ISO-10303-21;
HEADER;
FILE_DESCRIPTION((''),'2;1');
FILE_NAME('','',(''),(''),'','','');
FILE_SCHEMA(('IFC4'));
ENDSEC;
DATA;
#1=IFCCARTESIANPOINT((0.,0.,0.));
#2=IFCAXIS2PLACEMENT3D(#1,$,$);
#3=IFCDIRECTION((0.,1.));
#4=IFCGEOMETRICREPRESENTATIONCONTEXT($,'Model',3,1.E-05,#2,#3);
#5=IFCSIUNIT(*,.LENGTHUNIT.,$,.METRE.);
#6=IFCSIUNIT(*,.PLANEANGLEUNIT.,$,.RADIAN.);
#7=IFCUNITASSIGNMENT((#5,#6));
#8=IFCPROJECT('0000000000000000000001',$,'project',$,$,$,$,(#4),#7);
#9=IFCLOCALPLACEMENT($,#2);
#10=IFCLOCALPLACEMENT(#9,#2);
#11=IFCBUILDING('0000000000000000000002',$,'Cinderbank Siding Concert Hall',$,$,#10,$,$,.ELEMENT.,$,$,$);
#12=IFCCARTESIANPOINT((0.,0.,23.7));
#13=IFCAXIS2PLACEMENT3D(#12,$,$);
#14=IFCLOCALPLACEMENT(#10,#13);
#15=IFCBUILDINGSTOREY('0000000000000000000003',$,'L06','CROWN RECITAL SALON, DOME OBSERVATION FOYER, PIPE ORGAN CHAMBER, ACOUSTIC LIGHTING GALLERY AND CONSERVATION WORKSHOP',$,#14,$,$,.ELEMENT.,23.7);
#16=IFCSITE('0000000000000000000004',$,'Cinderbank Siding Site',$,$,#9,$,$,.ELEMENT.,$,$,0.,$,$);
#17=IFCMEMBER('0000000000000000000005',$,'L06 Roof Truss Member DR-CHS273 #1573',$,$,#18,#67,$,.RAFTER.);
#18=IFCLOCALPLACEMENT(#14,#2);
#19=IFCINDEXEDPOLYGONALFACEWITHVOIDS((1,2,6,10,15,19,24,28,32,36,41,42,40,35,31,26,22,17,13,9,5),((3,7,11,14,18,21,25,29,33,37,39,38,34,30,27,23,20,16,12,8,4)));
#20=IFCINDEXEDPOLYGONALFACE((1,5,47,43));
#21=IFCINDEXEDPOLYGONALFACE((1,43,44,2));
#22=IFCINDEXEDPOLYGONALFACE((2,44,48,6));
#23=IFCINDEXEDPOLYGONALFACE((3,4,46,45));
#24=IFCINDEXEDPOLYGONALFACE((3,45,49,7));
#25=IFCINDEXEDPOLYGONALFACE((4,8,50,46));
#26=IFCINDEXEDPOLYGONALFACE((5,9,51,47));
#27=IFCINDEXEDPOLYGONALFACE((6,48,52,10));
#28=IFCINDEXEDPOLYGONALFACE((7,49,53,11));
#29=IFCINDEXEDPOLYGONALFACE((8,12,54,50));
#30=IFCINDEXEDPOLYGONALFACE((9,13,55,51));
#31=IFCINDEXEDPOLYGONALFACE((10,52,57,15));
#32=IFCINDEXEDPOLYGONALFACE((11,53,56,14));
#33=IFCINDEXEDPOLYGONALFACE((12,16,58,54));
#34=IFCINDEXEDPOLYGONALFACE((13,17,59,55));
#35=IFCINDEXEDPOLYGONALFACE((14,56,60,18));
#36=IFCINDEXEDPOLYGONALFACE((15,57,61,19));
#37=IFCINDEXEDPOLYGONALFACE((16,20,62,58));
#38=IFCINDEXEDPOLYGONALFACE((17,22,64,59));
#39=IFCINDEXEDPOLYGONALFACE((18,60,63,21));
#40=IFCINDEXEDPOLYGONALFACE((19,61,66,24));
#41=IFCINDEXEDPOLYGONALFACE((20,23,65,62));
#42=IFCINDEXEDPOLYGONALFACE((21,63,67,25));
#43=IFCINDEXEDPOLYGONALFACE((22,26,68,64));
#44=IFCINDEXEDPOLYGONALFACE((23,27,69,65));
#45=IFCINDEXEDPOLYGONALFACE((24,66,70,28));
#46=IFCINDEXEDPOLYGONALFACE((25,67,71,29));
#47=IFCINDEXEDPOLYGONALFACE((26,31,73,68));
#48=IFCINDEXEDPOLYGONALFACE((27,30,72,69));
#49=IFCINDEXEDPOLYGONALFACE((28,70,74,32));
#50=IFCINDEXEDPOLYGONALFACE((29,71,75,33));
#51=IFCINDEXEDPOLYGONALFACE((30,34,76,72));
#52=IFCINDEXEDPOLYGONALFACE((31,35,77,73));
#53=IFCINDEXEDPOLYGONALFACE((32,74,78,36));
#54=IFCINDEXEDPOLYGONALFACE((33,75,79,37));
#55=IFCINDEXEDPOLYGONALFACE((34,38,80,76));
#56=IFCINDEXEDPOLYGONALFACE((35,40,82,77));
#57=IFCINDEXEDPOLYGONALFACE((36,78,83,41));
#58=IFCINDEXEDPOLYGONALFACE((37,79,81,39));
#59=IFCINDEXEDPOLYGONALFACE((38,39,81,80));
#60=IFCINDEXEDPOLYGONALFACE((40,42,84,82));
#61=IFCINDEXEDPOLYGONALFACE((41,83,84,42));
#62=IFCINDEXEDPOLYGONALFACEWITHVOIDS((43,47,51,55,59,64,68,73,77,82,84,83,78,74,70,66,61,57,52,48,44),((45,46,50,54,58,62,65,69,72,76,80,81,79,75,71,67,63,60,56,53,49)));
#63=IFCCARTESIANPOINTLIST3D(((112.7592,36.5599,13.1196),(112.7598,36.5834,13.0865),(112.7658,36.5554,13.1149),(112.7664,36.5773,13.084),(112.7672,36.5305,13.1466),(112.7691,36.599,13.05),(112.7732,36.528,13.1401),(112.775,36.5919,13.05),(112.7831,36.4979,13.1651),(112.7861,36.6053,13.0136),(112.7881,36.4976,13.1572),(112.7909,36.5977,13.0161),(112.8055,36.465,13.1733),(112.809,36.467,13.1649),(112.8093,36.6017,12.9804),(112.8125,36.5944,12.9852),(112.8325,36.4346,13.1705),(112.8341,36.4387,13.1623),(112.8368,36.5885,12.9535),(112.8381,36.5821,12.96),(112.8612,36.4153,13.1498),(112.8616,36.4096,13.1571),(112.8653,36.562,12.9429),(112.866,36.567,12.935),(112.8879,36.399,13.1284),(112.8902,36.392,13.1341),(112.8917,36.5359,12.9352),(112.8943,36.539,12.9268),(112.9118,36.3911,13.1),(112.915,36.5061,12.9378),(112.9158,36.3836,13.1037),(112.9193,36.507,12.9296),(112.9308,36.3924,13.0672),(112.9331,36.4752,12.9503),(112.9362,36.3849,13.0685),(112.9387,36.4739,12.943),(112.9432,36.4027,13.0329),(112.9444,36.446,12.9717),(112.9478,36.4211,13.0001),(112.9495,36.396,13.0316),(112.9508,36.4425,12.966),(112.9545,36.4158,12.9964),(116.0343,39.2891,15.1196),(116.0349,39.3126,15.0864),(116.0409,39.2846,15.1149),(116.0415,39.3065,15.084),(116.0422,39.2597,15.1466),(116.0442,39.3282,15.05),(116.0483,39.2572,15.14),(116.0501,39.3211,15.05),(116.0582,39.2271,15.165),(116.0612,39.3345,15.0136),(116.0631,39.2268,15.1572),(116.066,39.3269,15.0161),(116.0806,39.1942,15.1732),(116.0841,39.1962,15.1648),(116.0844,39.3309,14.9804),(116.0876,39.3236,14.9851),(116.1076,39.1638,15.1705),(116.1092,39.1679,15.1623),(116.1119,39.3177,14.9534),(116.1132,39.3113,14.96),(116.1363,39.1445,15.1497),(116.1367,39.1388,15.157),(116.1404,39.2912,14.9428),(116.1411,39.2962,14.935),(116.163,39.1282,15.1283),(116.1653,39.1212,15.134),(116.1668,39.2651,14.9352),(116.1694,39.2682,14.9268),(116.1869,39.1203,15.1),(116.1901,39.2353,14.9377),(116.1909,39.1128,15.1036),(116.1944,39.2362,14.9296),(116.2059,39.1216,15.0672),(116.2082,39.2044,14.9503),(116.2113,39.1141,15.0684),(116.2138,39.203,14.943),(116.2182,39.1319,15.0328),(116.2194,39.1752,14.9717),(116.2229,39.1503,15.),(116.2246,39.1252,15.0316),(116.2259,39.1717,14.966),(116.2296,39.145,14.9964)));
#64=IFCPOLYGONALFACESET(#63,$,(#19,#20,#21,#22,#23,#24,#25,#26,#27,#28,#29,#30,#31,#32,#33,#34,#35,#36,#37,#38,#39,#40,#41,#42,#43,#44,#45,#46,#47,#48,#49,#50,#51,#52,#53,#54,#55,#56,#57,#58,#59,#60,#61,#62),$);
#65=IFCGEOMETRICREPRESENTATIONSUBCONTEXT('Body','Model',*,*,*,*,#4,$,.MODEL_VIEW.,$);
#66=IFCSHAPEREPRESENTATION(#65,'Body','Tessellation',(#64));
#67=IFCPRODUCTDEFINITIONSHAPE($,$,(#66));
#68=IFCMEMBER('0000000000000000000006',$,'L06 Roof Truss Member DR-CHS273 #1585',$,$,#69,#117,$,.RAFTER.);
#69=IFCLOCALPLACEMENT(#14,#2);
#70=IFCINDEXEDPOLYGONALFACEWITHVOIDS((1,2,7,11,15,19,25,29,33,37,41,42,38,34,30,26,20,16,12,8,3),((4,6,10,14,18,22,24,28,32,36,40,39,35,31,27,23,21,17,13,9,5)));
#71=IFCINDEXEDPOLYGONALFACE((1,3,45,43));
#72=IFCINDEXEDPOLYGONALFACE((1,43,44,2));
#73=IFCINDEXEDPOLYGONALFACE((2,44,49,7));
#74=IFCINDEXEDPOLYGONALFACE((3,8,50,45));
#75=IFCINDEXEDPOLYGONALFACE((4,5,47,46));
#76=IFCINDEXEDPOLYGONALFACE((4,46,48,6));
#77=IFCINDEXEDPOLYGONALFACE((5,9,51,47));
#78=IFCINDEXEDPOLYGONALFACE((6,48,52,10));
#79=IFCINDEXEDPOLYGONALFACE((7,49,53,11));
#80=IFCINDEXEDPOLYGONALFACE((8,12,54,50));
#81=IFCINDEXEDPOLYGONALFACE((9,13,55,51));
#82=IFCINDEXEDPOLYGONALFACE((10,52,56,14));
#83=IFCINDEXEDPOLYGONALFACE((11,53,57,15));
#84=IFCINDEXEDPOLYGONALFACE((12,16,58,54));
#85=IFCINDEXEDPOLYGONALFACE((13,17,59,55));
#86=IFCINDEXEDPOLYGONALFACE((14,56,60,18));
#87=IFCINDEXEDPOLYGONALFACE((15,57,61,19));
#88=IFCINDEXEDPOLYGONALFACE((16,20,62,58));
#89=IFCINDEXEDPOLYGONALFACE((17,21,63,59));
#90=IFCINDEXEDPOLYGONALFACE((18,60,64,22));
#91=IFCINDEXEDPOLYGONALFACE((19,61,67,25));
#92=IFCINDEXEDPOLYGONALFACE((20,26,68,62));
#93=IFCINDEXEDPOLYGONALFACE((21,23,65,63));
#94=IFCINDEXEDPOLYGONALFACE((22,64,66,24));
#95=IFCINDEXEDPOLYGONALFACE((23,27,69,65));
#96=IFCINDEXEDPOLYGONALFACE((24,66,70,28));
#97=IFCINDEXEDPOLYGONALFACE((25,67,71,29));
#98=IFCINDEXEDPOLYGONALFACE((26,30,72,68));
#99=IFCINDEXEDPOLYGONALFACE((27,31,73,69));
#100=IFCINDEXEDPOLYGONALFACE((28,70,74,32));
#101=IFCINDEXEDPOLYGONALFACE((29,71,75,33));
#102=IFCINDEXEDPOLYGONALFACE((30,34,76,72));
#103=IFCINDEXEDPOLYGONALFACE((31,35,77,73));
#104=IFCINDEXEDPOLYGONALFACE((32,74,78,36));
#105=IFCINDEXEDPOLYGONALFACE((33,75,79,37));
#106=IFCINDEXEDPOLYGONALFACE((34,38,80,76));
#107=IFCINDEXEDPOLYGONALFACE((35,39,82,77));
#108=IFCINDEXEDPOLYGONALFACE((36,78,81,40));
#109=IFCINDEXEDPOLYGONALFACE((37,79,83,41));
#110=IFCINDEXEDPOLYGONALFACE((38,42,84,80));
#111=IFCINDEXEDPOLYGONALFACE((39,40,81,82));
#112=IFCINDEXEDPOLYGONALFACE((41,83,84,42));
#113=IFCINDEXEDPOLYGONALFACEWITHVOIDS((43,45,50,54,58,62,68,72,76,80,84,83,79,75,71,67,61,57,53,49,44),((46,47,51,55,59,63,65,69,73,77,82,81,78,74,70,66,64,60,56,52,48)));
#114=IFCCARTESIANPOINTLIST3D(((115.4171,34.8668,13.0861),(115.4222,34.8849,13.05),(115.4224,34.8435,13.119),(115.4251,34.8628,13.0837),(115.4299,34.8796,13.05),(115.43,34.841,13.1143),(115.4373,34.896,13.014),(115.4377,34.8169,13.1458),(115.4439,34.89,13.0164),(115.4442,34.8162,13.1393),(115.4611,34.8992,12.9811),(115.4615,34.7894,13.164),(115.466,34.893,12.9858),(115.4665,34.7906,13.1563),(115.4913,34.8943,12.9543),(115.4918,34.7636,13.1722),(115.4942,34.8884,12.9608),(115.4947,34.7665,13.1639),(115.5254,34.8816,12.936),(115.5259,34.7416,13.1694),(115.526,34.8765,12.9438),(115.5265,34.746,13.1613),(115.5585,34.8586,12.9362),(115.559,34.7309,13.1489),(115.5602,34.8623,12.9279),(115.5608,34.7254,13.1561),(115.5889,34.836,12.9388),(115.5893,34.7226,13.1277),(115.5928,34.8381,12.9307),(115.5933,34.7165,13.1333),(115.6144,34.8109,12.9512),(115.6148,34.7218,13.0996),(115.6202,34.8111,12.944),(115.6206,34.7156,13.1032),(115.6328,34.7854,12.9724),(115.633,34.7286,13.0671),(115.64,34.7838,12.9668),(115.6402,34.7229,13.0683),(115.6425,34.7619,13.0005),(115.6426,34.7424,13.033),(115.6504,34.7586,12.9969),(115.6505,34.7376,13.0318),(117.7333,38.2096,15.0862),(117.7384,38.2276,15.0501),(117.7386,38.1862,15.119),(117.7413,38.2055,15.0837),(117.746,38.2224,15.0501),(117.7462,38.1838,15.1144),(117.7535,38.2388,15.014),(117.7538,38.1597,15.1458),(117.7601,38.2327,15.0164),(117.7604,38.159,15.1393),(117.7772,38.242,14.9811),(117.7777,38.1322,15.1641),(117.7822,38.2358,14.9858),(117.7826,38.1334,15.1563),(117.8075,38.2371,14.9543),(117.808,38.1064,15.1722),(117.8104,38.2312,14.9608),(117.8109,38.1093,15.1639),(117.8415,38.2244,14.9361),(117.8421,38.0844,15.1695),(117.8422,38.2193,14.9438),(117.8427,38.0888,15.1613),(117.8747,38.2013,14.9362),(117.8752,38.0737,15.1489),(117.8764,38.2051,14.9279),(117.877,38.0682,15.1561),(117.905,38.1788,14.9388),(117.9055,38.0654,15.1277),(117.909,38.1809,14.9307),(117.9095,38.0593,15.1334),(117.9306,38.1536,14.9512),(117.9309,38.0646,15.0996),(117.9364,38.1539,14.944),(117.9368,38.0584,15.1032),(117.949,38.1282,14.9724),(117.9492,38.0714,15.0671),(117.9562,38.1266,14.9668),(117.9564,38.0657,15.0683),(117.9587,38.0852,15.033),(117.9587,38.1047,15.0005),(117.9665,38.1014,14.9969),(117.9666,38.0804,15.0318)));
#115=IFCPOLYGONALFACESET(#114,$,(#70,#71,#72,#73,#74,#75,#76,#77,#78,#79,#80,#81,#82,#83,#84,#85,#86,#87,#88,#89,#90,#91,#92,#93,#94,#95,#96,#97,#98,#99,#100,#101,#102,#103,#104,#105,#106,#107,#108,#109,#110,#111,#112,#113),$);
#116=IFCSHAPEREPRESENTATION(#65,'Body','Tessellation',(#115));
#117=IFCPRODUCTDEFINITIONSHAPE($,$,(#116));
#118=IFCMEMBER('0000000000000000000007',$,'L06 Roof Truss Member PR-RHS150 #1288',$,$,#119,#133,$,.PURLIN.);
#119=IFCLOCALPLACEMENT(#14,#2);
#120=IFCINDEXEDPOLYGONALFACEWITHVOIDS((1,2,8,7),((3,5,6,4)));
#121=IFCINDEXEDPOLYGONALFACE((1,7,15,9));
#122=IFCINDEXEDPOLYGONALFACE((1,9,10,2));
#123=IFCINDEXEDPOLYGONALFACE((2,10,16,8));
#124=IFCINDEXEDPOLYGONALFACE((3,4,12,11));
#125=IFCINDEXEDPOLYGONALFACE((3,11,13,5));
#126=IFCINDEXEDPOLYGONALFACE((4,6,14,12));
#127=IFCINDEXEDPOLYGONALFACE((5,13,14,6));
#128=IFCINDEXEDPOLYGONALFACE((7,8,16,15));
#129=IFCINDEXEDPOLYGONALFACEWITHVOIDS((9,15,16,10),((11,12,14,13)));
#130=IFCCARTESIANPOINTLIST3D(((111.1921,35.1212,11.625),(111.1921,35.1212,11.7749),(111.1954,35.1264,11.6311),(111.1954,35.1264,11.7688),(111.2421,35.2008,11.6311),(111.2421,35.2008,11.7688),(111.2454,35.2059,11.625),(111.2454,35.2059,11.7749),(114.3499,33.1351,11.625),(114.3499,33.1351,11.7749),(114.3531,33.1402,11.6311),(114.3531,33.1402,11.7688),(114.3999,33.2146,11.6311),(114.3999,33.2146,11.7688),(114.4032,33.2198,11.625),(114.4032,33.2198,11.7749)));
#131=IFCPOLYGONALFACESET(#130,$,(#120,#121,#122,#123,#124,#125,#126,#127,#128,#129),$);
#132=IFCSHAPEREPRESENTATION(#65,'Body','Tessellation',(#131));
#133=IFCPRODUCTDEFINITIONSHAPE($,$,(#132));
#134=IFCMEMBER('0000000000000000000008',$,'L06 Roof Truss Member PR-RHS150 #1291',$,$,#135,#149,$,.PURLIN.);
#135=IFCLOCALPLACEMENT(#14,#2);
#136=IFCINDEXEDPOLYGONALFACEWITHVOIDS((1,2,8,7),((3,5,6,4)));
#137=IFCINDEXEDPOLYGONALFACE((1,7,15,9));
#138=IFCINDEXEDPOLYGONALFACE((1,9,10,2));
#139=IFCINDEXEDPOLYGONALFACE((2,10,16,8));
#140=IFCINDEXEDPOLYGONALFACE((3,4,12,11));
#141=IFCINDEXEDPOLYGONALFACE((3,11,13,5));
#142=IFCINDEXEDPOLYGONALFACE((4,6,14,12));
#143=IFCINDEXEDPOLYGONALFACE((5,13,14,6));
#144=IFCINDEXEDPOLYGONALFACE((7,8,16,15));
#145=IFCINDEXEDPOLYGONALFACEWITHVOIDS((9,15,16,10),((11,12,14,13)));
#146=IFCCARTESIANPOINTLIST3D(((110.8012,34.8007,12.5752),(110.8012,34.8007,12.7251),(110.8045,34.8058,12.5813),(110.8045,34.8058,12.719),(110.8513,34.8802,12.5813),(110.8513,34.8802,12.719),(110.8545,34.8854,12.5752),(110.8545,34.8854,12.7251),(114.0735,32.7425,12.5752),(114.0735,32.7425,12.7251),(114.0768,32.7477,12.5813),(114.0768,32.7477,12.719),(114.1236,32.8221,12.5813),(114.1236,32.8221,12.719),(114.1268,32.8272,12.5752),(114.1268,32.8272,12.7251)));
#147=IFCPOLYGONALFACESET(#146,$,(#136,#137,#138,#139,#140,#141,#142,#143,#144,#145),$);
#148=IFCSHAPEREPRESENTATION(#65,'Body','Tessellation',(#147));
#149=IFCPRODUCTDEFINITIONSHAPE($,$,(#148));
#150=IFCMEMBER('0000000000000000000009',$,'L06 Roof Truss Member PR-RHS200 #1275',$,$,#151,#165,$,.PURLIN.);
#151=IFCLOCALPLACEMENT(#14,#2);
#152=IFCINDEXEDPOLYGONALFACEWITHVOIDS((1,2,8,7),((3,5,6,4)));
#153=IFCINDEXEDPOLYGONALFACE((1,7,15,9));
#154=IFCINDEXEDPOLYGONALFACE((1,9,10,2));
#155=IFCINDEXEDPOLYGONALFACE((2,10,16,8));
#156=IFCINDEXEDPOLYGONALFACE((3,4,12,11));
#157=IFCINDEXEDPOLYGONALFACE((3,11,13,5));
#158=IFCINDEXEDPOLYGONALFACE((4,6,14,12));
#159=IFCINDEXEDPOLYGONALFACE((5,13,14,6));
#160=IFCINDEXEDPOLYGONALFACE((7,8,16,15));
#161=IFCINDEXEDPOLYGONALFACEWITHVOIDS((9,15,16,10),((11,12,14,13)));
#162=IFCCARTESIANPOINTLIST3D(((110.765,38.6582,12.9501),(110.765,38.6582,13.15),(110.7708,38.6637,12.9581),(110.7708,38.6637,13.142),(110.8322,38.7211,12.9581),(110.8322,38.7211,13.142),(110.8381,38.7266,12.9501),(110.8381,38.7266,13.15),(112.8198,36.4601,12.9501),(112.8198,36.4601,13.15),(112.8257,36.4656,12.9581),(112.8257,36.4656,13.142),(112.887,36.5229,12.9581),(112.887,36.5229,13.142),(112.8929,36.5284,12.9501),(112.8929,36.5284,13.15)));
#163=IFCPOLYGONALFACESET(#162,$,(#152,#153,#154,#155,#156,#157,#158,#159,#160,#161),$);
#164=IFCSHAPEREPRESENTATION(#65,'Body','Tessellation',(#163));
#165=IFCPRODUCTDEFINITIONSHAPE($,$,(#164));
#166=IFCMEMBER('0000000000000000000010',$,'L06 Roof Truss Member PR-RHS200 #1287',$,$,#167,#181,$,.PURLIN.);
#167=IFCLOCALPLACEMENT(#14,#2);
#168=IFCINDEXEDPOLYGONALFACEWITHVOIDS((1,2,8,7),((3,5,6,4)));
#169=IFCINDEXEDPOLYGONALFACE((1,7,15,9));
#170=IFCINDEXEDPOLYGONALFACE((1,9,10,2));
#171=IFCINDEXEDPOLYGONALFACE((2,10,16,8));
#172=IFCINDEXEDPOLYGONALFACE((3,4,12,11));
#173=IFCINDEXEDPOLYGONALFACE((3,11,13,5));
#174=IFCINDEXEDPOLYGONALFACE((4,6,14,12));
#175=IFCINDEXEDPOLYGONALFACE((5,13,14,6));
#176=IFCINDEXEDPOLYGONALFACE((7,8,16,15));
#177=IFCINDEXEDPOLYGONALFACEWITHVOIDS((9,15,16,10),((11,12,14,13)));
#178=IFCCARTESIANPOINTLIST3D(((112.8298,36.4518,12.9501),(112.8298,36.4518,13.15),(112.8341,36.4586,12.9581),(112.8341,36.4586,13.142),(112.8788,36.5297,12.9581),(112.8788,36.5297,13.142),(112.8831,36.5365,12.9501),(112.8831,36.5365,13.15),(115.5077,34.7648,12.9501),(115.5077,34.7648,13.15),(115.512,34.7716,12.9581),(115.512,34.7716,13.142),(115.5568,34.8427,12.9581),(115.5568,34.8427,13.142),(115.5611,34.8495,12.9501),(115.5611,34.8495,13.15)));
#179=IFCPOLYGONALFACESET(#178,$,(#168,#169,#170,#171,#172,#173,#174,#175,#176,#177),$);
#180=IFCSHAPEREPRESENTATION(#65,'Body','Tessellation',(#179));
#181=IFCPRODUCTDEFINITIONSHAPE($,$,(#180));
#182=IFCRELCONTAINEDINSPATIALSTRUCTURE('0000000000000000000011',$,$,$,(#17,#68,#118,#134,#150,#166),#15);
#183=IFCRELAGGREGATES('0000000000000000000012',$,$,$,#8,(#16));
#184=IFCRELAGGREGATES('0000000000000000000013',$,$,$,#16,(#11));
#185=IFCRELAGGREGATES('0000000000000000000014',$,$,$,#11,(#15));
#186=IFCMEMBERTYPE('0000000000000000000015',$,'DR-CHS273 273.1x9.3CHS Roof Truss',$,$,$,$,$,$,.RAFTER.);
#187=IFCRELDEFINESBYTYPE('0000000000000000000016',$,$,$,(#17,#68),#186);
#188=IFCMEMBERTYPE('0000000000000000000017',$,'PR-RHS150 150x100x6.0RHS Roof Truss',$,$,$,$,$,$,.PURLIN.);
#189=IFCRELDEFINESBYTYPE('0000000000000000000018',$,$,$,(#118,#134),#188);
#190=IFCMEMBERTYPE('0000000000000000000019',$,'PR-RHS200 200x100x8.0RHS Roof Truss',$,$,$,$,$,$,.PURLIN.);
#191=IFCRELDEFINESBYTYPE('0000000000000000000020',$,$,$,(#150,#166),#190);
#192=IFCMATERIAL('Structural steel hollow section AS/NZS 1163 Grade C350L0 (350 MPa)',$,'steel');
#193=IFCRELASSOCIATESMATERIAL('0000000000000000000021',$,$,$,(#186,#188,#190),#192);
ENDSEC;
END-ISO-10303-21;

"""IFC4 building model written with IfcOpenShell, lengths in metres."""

from ifc_helpers import new_model, si_unit, direction, frame, origin, origin_2d, place, context, subcontext, project, spatial, hollow_rectangle, hollow_circle, extrude, material, material_profile, profile_set, type_object, element, save


model = new_model("IFC4")

# Units and contexts
model_context = context("Model", 3, precision=1e-05, world=origin(), true_north=direction((0.0, 1.0)))
body_context = subcontext(model_context, "Body", "Model", "MODEL_VIEW")
ifc_project = project(units=[si_unit("LENGTHUNIT", "METRE"), si_unit("PLANEANGLEUNIT", "RADIAN")], contexts=[model_context])

# Site, building, storey
site_placement = place(None, origin())
site = spatial("IfcSite", under=ifc_project, at=site_placement, Name="Cinderbank Siding Site", CompositionType="ELEMENT", RefElevation=0.0)
building_placement = place(site_placement, origin())
building = spatial("IfcBuilding", under=site, at=building_placement, Name="Cinderbank Siding Concert Hall", CompositionType="ELEMENT")
storey_placement = place(building_placement, frame((0.0, 0.0, 23.7)))
storey = spatial("IfcBuildingStorey", under=building, at=storey_placement, Name="L06", Description="CROWN RECITAL SALON, DOME OBSERVATION FOYER, PIPE ORGAN CHAMBER, ACOUSTIC LIGHTING GALLERY AND CONSERVATION WORKSHOP", CompositionType="ELEMENT", Elevation=23.7)

# Members
ifc_material_1 = material(Name="Structural steel hollow section AS/NZS 1163 Grade C350L0 (350 MPa)", Category="steel")
ifc_material_profile_1 = material_profile(ifc_material_1, hollow_circle(Radius=0.1365, WallThickness=0.0093, at=origin_2d()), Name="273.1x9.3CHS", Category="LoadBearing")
ifc_profile_set_1 = profile_set([ifc_material_profile_1], Name="Structural steel hollow section AS/NZS 1163 Grade C350L0 (350 MPa)")
member_type_1 = type_object("IfcMemberType", Name="DR-CHS273 273.1x9.3CHS Roof Truss", PredefinedType="RAFTER", material=ifc_profile_set_1)
member_1_placement = place(storey_placement, frame((112.8564, 36.4941, 13.05), z_axis=(0.695497, 0.579572, 0.424712), x_axis=(-0.640179, 0.768226, 0.0)))
element("IfcMember", 1, at=member_1_placement, inside=storey, type_object=member_type_1, Name="L06 Roof Truss Member DR-CHS273 #1573", PredefinedType="RAFTER", context=body_context, shape_type="SweptSolid", body=[
    extrude(hollow_circle(Radius=0.1365, WallThickness=0.0093, at=origin_2d()), origin(), (0.0, 0.0, 1.0), 4.709),
])
member_2_placement = place(storey_placement, frame((115.5344, 34.8071, 13.05), z_axis=(0.511072, 0.737599, 0.441309), x_axis=(-0.82197, 0.569531, 0.0)))
element("IfcMember", 2, at=member_2_placement, inside=storey, type_object=member_type_1, Name="L06 Roof Truss Member DR-CHS273 #1585", PredefinedType="RAFTER", context=body_context, shape_type="SweptSolid", body=[
    extrude(hollow_circle(Radius=0.1365, WallThickness=0.0093, at=origin_2d()), origin(), (0.0, 0.0, 1.0), 4.532),
])
ifc_material_profile_2 = material_profile(ifc_material_1, hollow_rectangle(XDim=0.1001, YDim=0.1499, WallThickness=0.0061, at=origin_2d()), Name="150x100x6.0RHS", Category="LoadBearing")
ifc_profile_set_2 = profile_set([ifc_material_profile_2], Name="Structural steel hollow section AS/NZS 1163 Grade C350L0 (350 MPa)")
member_type_2 = type_object("IfcMemberType", Name="PR-RHS150 150x100x6.0RHS Roof Truss", PredefinedType="PURLIN", material=ifc_profile_set_2)
member_3_placement = place(storey_placement, frame((111.2188, 35.1636, 11.7), z_axis=(0.846487, -0.532409, 0.0), x_axis=(0.532409, 0.846487, 0.0)))
element("IfcMember", 3, at=member_3_placement, inside=storey, type_object=member_type_2, Name="L06 Roof Truss Member PR-RHS150 #1288", PredefinedType="PURLIN", context=body_context, shape_type="SweptSolid", body=[
    extrude(hollow_rectangle(XDim=0.1001, YDim=0.1499, WallThickness=0.0061, at=origin_2d()), origin(), (0.0, 0.0, 1.0), 3.7305),
])
member_4_placement = place(storey_placement, frame((110.8279, 34.843, 12.6501), z_axis=(0.846487, -0.53241, 0.0), x_axis=(0.53241, 0.846487, 0.0)))
element("IfcMember", 4, at=member_4_placement, inside=storey, type_object=member_type_2, Name="L06 Roof Truss Member PR-RHS150 #1291", PredefinedType="PURLIN", context=body_context, shape_type="SweptSolid", body=[
    extrude(hollow_rectangle(XDim=0.1001, YDim=0.1499, WallThickness=0.0061, at=origin_2d()), origin(), (0.0, 0.0, 1.0), 3.8657),
])
ifc_material_profile_3 = material_profile(ifc_material_1, hollow_rectangle(XDim=0.1001, YDim=0.2, WallThickness=0.0081, at=origin_2d()), Name="200x100x8.0RHS", Category="LoadBearing")
ifc_profile_set_3 = profile_set([ifc_material_profile_3], Name="Structural steel hollow section AS/NZS 1163 Grade C350L0 (350 MPa)")
member_type_3 = type_object("IfcMemberType", Name="PR-RHS200 200x100x8.0RHS Roof Truss", PredefinedType="PURLIN", material=ifc_profile_set_3)
member_5_placement = place(storey_placement, frame((110.8015, 38.6924, 13.05), z_axis=(0.682893, -0.730518, 0.0), x_axis=(0.730518, 0.682893, 0.0)))
element("IfcMember", 5, at=member_5_placement, inside=storey, type_object=member_type_3, Name="L06 Roof Truss Member PR-RHS200 #1275", PredefinedType="PURLIN", context=body_context, shape_type="SweptSolid", body=[
    extrude(hollow_rectangle(XDim=0.1001, YDim=0.2, WallThickness=0.0081, at=origin_2d()), origin(), (0.0, 0.0, 1.0), 3.009),
])
member_6_placement = place(storey_placement, frame((112.8564, 36.4941, 13.05), z_axis=(0.846108, -0.533012, 0.0), x_axis=(0.533012, 0.846108, 0.0)))
element("IfcMember", 6, at=member_6_placement, inside=storey, type_object=member_type_3, Name="L06 Roof Truss Member PR-RHS200 #1287", PredefinedType="PURLIN", context=body_context, shape_type="SweptSolid", body=[
    extrude(hollow_rectangle(XDim=0.1001, YDim=0.2, WallThickness=0.0081, at=origin_2d()), origin(), (0.0, 0.0, 1.0), 3.165),
])

save(model, "model.ifc")
